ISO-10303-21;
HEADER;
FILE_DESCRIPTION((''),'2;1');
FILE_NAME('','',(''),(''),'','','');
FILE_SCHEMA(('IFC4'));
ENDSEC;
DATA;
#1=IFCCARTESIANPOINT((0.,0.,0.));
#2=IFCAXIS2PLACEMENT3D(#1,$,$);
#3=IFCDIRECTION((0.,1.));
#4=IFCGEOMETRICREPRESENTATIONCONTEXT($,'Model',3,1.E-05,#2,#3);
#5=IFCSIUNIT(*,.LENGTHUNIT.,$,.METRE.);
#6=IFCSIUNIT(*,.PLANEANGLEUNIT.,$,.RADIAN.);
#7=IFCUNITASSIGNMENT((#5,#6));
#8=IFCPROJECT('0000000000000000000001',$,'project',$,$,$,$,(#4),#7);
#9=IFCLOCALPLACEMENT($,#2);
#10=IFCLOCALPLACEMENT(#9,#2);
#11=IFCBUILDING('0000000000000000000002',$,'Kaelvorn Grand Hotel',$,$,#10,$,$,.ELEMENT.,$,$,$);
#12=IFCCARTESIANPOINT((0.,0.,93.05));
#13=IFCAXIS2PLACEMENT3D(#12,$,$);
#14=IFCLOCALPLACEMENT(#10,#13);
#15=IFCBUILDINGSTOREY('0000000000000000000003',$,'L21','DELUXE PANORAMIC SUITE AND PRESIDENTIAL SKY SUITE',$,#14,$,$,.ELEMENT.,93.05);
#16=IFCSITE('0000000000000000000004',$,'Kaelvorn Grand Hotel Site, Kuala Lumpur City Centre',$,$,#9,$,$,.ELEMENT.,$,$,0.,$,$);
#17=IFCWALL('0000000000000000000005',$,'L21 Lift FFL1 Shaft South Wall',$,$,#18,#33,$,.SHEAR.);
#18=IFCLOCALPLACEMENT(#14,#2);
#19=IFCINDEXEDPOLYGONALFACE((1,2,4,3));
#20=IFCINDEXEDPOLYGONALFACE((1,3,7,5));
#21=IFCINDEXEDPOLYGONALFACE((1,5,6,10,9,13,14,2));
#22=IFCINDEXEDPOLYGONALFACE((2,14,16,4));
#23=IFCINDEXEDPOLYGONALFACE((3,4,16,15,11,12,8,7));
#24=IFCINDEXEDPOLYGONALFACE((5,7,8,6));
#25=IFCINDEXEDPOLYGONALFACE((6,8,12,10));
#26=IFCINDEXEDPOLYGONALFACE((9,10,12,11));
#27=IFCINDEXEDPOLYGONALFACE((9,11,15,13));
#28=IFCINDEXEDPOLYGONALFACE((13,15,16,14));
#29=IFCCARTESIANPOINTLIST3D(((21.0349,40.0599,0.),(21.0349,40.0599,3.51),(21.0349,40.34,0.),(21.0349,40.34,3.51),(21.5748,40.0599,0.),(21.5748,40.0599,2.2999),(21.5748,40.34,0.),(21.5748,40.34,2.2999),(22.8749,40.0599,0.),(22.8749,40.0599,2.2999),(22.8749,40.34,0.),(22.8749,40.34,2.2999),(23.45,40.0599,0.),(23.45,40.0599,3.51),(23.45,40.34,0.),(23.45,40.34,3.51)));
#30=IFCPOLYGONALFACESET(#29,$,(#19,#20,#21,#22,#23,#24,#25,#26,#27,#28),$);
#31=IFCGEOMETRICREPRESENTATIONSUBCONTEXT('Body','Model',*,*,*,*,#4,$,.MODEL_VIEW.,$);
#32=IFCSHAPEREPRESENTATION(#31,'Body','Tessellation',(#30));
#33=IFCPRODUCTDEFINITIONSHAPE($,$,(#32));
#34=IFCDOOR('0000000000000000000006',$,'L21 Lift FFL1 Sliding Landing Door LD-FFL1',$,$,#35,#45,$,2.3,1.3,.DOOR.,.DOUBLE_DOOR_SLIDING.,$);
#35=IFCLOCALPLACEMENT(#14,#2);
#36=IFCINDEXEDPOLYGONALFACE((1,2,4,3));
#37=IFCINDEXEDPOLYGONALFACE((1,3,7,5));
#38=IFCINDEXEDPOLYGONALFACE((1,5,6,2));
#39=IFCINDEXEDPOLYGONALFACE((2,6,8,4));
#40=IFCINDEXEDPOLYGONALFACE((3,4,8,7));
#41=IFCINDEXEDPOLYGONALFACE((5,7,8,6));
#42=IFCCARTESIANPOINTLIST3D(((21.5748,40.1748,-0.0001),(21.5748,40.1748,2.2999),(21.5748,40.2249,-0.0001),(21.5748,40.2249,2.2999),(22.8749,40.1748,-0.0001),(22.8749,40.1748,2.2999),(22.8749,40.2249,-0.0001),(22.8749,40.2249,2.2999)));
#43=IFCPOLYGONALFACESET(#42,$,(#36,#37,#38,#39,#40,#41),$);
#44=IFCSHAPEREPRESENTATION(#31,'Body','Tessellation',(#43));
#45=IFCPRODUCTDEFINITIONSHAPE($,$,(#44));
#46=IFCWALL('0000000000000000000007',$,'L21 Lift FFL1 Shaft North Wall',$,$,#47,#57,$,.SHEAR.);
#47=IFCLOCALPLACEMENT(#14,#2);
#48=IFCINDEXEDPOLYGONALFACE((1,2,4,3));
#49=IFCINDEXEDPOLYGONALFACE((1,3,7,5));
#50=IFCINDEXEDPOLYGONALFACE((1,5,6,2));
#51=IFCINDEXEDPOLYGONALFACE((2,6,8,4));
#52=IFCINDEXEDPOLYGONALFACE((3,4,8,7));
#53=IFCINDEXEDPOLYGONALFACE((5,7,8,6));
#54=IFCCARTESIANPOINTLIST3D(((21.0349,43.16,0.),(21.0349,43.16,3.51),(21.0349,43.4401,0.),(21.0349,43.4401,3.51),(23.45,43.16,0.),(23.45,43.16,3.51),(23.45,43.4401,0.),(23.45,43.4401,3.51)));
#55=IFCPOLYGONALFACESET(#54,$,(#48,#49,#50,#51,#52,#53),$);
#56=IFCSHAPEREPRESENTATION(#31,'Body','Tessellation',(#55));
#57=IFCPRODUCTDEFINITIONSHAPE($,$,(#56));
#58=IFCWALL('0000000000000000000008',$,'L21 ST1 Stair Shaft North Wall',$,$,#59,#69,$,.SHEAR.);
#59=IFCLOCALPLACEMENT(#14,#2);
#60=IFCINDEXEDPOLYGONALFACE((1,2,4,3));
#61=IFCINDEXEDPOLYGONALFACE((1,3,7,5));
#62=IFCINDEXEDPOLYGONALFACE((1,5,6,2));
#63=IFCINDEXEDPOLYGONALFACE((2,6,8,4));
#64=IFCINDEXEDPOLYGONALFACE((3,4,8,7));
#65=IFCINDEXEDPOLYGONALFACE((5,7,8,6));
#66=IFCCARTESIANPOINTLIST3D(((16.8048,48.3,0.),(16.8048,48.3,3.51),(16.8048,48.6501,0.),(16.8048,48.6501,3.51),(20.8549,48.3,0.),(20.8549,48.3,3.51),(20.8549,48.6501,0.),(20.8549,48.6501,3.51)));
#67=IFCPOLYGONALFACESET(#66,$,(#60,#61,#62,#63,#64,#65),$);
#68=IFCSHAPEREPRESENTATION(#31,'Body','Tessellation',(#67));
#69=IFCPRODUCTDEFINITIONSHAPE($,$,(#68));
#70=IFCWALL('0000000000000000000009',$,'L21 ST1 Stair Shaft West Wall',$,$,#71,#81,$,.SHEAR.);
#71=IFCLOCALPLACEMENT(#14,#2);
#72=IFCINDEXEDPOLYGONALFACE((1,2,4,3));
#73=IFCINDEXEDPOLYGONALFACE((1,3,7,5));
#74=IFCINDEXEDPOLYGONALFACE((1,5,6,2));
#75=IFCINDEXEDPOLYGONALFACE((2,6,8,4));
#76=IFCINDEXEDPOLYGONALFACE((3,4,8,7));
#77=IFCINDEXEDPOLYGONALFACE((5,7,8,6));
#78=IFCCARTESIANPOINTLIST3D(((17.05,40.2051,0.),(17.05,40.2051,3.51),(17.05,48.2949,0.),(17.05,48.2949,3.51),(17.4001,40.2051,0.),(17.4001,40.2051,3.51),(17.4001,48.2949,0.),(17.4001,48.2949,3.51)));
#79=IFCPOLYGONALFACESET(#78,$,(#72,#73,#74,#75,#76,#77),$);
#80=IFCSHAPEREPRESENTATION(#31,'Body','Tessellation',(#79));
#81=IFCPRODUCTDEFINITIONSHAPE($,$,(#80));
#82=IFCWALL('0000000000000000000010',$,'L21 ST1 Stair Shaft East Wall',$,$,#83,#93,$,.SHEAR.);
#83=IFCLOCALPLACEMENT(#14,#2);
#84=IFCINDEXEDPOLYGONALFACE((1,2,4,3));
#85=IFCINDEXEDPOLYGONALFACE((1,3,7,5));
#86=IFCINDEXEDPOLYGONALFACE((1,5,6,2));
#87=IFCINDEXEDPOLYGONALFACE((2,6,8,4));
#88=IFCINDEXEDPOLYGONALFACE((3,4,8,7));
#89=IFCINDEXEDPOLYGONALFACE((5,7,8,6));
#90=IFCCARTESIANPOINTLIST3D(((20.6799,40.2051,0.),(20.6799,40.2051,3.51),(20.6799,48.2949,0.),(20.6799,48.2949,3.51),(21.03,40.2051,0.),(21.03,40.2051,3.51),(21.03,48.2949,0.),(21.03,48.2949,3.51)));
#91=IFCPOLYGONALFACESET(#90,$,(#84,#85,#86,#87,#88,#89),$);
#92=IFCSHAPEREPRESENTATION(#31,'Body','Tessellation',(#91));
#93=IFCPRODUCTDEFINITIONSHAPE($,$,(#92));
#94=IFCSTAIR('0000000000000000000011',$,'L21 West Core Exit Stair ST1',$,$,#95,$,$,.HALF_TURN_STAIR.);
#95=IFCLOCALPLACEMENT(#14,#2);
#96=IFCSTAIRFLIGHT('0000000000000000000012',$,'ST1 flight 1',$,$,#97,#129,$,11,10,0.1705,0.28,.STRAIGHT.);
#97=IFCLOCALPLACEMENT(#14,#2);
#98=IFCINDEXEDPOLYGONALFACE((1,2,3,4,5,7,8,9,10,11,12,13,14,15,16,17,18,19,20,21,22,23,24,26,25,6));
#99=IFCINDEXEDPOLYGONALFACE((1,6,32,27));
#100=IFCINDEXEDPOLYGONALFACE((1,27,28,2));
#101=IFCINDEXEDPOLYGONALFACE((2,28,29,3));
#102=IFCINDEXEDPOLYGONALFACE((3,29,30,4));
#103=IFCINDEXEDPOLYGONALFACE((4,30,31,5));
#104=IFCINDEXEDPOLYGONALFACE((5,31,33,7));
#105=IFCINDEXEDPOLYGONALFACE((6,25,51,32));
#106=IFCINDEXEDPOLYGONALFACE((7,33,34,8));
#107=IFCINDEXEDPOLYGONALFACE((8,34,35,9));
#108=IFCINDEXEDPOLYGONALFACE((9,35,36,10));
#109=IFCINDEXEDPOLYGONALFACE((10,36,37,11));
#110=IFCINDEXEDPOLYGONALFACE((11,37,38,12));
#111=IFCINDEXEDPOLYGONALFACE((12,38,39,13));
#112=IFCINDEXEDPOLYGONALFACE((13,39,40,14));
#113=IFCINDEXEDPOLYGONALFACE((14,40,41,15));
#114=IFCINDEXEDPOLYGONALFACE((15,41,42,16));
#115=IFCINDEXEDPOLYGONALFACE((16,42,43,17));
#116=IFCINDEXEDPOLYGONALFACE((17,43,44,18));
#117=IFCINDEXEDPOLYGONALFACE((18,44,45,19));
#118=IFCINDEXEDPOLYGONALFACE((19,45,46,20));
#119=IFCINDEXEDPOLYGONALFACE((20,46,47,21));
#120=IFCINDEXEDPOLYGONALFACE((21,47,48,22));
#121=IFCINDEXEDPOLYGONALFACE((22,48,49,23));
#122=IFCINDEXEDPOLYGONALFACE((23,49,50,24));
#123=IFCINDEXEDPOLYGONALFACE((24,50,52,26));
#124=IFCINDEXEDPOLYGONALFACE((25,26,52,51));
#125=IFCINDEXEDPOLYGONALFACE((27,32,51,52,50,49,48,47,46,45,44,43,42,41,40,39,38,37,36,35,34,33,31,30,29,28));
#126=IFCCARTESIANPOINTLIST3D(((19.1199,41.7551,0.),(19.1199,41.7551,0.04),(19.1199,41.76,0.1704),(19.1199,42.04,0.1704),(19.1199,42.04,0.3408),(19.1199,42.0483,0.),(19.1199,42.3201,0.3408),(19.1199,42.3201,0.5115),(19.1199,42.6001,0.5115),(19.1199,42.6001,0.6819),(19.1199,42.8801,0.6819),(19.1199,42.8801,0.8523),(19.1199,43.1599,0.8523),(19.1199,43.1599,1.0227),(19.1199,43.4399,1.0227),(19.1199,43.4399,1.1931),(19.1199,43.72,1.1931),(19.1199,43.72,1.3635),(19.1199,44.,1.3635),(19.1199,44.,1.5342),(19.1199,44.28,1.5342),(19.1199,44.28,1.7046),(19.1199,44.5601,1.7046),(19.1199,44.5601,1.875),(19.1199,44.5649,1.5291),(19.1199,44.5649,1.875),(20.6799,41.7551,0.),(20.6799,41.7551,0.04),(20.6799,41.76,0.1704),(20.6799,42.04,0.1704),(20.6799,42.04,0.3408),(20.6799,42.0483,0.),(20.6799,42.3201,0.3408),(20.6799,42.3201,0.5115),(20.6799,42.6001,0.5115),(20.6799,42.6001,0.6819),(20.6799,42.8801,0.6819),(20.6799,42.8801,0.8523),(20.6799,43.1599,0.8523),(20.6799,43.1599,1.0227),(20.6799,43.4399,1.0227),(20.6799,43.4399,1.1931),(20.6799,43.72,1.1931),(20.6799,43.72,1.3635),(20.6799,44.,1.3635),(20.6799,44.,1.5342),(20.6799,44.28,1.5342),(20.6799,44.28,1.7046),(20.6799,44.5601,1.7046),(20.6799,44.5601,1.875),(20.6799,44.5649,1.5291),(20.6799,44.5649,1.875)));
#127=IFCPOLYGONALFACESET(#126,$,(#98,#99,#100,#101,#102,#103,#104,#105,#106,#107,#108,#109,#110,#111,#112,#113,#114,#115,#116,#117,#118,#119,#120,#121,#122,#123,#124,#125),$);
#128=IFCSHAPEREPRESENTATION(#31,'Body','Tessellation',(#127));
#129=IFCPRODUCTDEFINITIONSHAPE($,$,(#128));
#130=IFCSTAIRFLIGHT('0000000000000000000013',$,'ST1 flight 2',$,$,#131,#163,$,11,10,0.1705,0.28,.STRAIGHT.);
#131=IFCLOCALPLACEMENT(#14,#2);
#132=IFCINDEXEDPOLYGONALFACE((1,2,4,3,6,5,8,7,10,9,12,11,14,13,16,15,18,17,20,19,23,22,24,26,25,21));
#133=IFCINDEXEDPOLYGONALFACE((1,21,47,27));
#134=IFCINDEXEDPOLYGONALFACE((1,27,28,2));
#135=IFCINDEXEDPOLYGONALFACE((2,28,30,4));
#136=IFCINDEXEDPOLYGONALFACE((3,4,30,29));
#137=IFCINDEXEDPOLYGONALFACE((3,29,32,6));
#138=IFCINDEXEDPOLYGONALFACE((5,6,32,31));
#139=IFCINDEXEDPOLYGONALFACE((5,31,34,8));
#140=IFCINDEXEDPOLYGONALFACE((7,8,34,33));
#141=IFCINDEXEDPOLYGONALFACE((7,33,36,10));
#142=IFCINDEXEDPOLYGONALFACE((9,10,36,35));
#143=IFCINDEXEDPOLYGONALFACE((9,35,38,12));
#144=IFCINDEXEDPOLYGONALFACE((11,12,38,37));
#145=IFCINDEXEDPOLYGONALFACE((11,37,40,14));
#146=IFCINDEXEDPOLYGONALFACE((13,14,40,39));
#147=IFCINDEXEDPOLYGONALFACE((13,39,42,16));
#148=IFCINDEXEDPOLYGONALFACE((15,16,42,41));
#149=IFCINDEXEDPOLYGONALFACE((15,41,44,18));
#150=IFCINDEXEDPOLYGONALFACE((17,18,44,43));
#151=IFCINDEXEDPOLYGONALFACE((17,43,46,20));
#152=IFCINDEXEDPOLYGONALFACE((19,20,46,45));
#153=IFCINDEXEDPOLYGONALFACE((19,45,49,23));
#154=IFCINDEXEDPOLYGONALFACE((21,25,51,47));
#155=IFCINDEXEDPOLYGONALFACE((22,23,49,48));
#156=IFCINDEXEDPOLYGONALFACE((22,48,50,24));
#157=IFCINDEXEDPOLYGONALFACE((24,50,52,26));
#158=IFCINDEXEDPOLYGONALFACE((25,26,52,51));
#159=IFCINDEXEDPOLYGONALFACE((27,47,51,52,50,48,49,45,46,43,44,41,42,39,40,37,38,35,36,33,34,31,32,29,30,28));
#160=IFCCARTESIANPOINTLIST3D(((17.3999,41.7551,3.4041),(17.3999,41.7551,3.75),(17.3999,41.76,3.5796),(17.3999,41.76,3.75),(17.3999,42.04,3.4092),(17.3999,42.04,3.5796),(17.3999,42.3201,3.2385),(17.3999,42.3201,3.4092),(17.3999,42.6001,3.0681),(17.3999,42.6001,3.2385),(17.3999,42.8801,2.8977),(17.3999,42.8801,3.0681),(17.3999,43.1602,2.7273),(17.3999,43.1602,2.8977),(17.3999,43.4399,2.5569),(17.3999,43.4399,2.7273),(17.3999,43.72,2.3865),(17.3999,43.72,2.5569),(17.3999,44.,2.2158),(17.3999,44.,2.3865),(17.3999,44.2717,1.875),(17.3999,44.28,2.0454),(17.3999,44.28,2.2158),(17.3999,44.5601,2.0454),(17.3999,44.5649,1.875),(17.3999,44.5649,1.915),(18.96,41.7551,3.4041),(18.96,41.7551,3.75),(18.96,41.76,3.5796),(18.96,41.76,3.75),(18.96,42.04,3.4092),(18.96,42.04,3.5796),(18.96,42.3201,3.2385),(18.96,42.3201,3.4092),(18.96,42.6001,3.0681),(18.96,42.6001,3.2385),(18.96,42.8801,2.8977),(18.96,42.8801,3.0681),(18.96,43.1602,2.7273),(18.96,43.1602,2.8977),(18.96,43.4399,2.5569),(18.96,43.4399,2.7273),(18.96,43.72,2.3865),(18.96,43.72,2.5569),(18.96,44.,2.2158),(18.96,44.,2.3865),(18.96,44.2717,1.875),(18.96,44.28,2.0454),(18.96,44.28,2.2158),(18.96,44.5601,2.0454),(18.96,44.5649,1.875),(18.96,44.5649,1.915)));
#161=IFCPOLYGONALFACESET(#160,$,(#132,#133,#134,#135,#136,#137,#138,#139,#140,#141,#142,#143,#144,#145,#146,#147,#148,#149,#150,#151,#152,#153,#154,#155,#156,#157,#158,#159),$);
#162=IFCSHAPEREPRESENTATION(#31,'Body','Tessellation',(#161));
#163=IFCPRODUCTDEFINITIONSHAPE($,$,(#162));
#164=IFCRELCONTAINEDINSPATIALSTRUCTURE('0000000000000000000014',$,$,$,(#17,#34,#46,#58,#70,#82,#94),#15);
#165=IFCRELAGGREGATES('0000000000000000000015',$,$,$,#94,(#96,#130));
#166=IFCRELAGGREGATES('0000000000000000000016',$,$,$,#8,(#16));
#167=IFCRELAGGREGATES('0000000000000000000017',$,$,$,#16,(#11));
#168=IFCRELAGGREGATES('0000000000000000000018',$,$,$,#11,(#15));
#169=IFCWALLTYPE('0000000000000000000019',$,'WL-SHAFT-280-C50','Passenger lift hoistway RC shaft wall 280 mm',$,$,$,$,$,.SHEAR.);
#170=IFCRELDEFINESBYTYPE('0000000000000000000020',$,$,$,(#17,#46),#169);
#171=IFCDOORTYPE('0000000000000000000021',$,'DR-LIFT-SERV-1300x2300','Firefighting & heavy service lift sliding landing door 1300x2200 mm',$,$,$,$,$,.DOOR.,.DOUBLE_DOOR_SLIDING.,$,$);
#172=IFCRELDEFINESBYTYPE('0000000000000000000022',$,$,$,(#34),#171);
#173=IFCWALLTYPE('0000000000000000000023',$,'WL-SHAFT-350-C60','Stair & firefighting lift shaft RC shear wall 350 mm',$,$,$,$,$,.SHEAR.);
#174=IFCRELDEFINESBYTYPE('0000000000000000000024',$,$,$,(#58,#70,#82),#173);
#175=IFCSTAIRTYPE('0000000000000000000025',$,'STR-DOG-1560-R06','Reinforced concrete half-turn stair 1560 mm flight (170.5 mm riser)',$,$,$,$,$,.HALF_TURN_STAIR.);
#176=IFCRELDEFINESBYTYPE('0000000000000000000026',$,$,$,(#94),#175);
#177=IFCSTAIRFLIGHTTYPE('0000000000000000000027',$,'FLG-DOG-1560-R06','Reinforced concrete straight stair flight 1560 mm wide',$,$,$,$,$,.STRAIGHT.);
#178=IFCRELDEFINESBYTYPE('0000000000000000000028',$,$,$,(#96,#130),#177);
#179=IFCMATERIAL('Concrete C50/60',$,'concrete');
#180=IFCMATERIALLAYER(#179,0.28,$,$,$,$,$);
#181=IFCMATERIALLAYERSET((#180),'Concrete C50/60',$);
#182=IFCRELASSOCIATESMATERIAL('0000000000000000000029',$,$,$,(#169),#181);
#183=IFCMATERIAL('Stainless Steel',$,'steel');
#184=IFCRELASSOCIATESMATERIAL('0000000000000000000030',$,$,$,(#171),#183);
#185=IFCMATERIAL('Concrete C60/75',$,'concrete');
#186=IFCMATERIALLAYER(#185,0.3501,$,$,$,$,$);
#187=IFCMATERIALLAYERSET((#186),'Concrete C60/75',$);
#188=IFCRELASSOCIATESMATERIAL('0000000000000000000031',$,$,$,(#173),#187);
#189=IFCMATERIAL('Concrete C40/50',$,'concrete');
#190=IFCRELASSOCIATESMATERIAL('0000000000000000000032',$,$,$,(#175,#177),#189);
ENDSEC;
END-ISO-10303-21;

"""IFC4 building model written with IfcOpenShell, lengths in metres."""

from ifc_helpers import new_model, si_unit, direction, frame, frame_2d, origin, place, context, subcontext, project, spatial, polyline, rectangle, outline, extrude, material, layer, layer_set, type_object, element, fill, aggregate, save


model = new_model("IFC4")

# Units and contexts
model_context = context("Model", 3, precision=1e-05, world=origin(), true_north=direction((0.0, 1.0)))
body_context = subcontext(model_context, "Body", "Model", "MODEL_VIEW")
ifc_project = project(units=[si_unit("LENGTHUNIT", "METRE"), si_unit("PLANEANGLEUNIT", "RADIAN")], contexts=[model_context])

# Site, building, storey
site_placement = place(None, origin())
site = spatial("IfcSite", under=ifc_project, at=site_placement, Name="Kaelvorn Grand Hotel Site, Kuala Lumpur City Centre", CompositionType="ELEMENT", RefElevation=0.0)
building_placement = place(site_placement, origin())
building = spatial("IfcBuilding", under=site, at=building_placement, Name="Kaelvorn Grand Hotel", CompositionType="ELEMENT")
storey_placement = place(building_placement, frame((0.0, 0.0, 93.05)))
storey = spatial("IfcBuildingStorey", under=building, at=storey_placement, Name="L21", Description="DELUXE PANORAMIC SUITE AND PRESIDENTIAL SKY SUITE", CompositionType="ELEMENT", Elevation=93.05)

# Shared definitions
ifc_material_1 = material(Name="Concrete C60/75", Category="concrete")

# Shared definitions
ifc_material_2 = material(Name="Concrete C40/50", Category="concrete")

# Wall, opening, door
ifc_material_3 = material(Name="Concrete C50/60", Category="concrete")
ifc_layer_1 = layer(ifc_material_3, 0.28)
ifc_layer_set_1 = layer_set([ifc_layer_1], Name="Concrete C50/60")
wall_type_1 = type_object("IfcWallType", Name="WL-SHAFT-280-C50", Description="Passenger lift hoistway RC shaft wall 280 mm", PredefinedType="SHEAR", material=ifc_layer_set_1)
wall_1_placement = place(storey_placement, frame((21.0349, 40.2, 0.0), z_axis=(0.0, 0.0, 1.0), x_axis=(1.0, 0.0, 0.0)))
wall_1 = element("IfcWall", 1, at=wall_1_placement, inside=storey, type_object=wall_type_1, Name="L21 Lift FFL1 Shaft South Wall", PredefinedType="SHEAR", context=body_context, shape_type="SweptSolid", body=[
    extrude(rectangle(XDim=2.415, YDim=0.28, at=frame_2d((1.2075, 0.0))), origin(), (0.0, 0.0, 1.0), 3.51),
])
opening_1_placement = place(wall_1_placement, frame((0.54, 0.0, 0.0)))
opening_1 = element("IfcOpeningElement", 2, at=opening_1_placement, cuts=wall_1, PredefinedType="OPENING", context=body_context, shape_type="SweptSolid", body=[
    extrude(rectangle(XDim=1.3, YDim=2.3, at=frame_2d((0.6499, 1.1499))), frame((0.0, 0.1499, 0.0), z_axis=(0.0, -1.0, 0.0), x_axis=(1.0, 0.0, 0.0)), (0.0, 0.0, 1.0), 0.3),
])
ifc_material_4 = material(Name="Stainless Steel", Category="steel")
door_type_1 = type_object("IfcDoorType", Name="DR-LIFT-SERV-1300x2300", Description="Firefighting & heavy service lift sliding landing door 1300x2200 mm", OperationType="DOUBLE_DOOR_SLIDING", PredefinedType="DOOR", material=ifc_material_4)
door_1_placement = place(opening_1_placement, origin())
door_1 = element("IfcDoor", 3, at=door_1_placement, inside=storey, type_object=door_type_1, Name="L21 Lift FFL1 Sliding Landing Door LD-FFL1", OperationType="DOUBLE_DOOR_SLIDING", OverallHeight=2.3, OverallWidth=1.3, PredefinedType="DOOR", context=body_context, shape_type="SweptSolid", body=[
    extrude(rectangle(XDim=1.3, YDim=2.3, at=frame_2d((0.6499, 1.1499))), frame((0.0, 0.0249, 0.0), z_axis=(0.0, -1.0, 0.0), x_axis=(1.0, 0.0, 0.0)), (0.0, 0.0, 1.0), 0.05),
])
fill(opening_1, door_1)

# Wall
wall_2_placement = place(storey_placement, frame((21.0349, 43.3, 0.0), z_axis=(0.0, 0.0, 1.0), x_axis=(1.0, 0.0, 0.0)))
element("IfcWall", 4, at=wall_2_placement, inside=storey, type_object=wall_type_1, Name="L21 Lift FFL1 Shaft North Wall", PredefinedType="SHEAR", context=body_context, shape_type="SweptSolid", body=[
    extrude(rectangle(XDim=2.415, YDim=0.28, at=frame_2d((1.2075, 0.0))), origin(), (0.0, 0.0, 1.0), 3.51),
])

# Shared definitions
ifc_layer_2 = layer(ifc_material_1, 0.3501)
ifc_layer_set_2 = layer_set([ifc_layer_2], Name="Concrete C60/75")
wall_type_2 = type_object("IfcWallType", Name="WL-SHAFT-350-C60", Description="Stair & firefighting lift shaft RC shear wall 350 mm", PredefinedType="SHEAR", material=ifc_layer_set_2)

# Walls
wall_3_placement = place(storey_placement, frame((16.8049, 48.4751, 0.0), z_axis=(0.0, 0.0, 1.0), x_axis=(1.0, 0.0, 0.0)))
element("IfcWall", 5, at=wall_3_placement, inside=storey, type_object=wall_type_2, Name="L21 ST1 Stair Shaft North Wall", PredefinedType="SHEAR", context=body_context, shape_type="SweptSolid", body=[
    extrude(rectangle(XDim=4.05, YDim=0.3501, at=frame_2d((2.0249, 0.0))), origin(), (0.0, 0.0, 1.0), 3.51),
])
for number, where, z_axis, x_axis, name in (
    (6, (17.2251, 40.2051, 0.0), (0.0, 0.0, 1.0), (0.0, 1.0, 0.0), "L21 ST1 Stair Shaft West Wall"),
    (7, (20.855, 40.2051, 0.0), (0.0, 0.0, 1.0), (0.0, 1.0, 0.0), "L21 ST1 Stair Shaft East Wall"),
):
    element("IfcWall", number, at=place(storey_placement, frame(where, z_axis=z_axis, x_axis=x_axis)), inside=storey, type_object=wall_type_2, Name=name, PredefinedType="SHEAR", context=body_context, shape_type="SweptSolid", body=[
        extrude(rectangle(XDim=8.0898, YDim=0.3501, at=frame_2d((4.0449, 0.0))), origin(), (0.0, 0.0, 1.0), 3.51),
    ])

# Stair, stair flights
stair_type = type_object("IfcStairType", Name="STR-DOG-1560-R06", Description="Reinforced concrete half-turn stair 1560 mm flight (170.5 mm riser)", PredefinedType="HALF_TURN_STAIR", material=ifc_material_2)
stair_placement = place(storey_placement, origin())
stair = element("IfcStair", 8, at=stair_placement, inside=storey, type_object=stair_type, Name="L21 West Core Exit Stair ST1", PredefinedType="HALF_TURN_STAIR")
stair_flight_type = type_object("IfcStairFlightType", Name="FLG-DOG-1560-R06", Description="Reinforced concrete straight stair flight 1560 mm wide", PredefinedType="STRAIGHT", material=ifc_material_2)
stair_flight_1_placement = place(storey_placement, frame((19.8999, 41.76, 0.0), z_axis=(0.0, 0.0, 1.0), x_axis=(0.0, 1.0, 0.0)))
stair_flight_1 = element("IfcStairFlight", 9, at=stair_flight_1_placement, type_object=stair_flight_type, Name="ST1 flight 1", NumberOfRisers=11, NumberOfTreads=10, PredefinedType="STRAIGHT", RiserHeight=0.1705, TreadLength=0.28, context=body_context, shape_type="SweptSolid", body=[
    extrude(outline(polyline([(-0.0049, 0.0), (-0.0049, 0.04), (0.0, 0.1704), (0.28, 0.1704), (0.28, 0.3408), (0.5601, 0.3408), (0.5601, 0.5115), (0.8401, 0.5115), (0.8401, 0.6819), (1.1201, 0.6819), (1.1201, 0.8523), (1.3999, 0.8523), (1.3999, 1.0227), (1.6799, 1.0227), (1.6799, 1.1931), (1.96, 1.1931), (1.96, 1.3635), (2.24, 1.3635), (2.24, 1.5342), (2.52, 1.5342), (2.52, 1.7046), (2.8, 1.7046), (2.8, 1.875), (2.8049, 1.875), (2.8049, 1.5291), (0.2883, 0.0), (-0.0049, 0.0)])), frame((0.0, 0.78, 0.0), z_axis=(0.0, -1.0, 0.0), x_axis=(1.0, 0.0, 0.0)), (0.0, 0.0, 1.0), 1.5601),
])
stair_flight_2_placement = place(storey_placement, frame((18.1799, 44.5601, 1.875), z_axis=(0.0, 0.0, 1.0), x_axis=(0.0, -1.0, 0.0)))
stair_flight_2 = element("IfcStairFlight", 10, at=stair_flight_2_placement, type_object=stair_flight_type, Name="ST1 flight 2", NumberOfRisers=11, NumberOfTreads=10, PredefinedType="STRAIGHT", RiserHeight=0.1705, TreadLength=0.28, context=body_context, shape_type="SweptSolid", body=[
    extrude(outline(polyline([(-0.0049, 0.0), (-0.0049, 0.04), (0.0, 0.1704), (0.28, 0.1704), (0.28, 0.3408), (0.5601, 0.3408), (0.5601, 0.5115), (0.8401, 0.5115), (0.8401, 0.6819), (1.1201, 0.6819), (1.1201, 0.8523), (1.3999, 0.8523), (1.3999, 1.0227), (1.6799, 1.0227), (1.6799, 1.1931), (1.96, 1.1931), (1.96, 1.3635), (2.24, 1.3635), (2.24, 1.5342), (2.52, 1.5342), (2.52, 1.7046), (2.8, 1.7046), (2.8, 1.875), (2.8049, 1.875), (2.8049, 1.5291), (0.2883, 0.0), (-0.0049, 0.0)])), frame((0.0, 0.78, 0.0), z_axis=(0.0, -1.0, 0.0), x_axis=(1.0, 0.0, 0.0)), (0.0, 0.0, 1.0), 1.5601),
])
aggregate(stair, [stair_flight_1, stair_flight_2])

save(model, "model.ifc")
